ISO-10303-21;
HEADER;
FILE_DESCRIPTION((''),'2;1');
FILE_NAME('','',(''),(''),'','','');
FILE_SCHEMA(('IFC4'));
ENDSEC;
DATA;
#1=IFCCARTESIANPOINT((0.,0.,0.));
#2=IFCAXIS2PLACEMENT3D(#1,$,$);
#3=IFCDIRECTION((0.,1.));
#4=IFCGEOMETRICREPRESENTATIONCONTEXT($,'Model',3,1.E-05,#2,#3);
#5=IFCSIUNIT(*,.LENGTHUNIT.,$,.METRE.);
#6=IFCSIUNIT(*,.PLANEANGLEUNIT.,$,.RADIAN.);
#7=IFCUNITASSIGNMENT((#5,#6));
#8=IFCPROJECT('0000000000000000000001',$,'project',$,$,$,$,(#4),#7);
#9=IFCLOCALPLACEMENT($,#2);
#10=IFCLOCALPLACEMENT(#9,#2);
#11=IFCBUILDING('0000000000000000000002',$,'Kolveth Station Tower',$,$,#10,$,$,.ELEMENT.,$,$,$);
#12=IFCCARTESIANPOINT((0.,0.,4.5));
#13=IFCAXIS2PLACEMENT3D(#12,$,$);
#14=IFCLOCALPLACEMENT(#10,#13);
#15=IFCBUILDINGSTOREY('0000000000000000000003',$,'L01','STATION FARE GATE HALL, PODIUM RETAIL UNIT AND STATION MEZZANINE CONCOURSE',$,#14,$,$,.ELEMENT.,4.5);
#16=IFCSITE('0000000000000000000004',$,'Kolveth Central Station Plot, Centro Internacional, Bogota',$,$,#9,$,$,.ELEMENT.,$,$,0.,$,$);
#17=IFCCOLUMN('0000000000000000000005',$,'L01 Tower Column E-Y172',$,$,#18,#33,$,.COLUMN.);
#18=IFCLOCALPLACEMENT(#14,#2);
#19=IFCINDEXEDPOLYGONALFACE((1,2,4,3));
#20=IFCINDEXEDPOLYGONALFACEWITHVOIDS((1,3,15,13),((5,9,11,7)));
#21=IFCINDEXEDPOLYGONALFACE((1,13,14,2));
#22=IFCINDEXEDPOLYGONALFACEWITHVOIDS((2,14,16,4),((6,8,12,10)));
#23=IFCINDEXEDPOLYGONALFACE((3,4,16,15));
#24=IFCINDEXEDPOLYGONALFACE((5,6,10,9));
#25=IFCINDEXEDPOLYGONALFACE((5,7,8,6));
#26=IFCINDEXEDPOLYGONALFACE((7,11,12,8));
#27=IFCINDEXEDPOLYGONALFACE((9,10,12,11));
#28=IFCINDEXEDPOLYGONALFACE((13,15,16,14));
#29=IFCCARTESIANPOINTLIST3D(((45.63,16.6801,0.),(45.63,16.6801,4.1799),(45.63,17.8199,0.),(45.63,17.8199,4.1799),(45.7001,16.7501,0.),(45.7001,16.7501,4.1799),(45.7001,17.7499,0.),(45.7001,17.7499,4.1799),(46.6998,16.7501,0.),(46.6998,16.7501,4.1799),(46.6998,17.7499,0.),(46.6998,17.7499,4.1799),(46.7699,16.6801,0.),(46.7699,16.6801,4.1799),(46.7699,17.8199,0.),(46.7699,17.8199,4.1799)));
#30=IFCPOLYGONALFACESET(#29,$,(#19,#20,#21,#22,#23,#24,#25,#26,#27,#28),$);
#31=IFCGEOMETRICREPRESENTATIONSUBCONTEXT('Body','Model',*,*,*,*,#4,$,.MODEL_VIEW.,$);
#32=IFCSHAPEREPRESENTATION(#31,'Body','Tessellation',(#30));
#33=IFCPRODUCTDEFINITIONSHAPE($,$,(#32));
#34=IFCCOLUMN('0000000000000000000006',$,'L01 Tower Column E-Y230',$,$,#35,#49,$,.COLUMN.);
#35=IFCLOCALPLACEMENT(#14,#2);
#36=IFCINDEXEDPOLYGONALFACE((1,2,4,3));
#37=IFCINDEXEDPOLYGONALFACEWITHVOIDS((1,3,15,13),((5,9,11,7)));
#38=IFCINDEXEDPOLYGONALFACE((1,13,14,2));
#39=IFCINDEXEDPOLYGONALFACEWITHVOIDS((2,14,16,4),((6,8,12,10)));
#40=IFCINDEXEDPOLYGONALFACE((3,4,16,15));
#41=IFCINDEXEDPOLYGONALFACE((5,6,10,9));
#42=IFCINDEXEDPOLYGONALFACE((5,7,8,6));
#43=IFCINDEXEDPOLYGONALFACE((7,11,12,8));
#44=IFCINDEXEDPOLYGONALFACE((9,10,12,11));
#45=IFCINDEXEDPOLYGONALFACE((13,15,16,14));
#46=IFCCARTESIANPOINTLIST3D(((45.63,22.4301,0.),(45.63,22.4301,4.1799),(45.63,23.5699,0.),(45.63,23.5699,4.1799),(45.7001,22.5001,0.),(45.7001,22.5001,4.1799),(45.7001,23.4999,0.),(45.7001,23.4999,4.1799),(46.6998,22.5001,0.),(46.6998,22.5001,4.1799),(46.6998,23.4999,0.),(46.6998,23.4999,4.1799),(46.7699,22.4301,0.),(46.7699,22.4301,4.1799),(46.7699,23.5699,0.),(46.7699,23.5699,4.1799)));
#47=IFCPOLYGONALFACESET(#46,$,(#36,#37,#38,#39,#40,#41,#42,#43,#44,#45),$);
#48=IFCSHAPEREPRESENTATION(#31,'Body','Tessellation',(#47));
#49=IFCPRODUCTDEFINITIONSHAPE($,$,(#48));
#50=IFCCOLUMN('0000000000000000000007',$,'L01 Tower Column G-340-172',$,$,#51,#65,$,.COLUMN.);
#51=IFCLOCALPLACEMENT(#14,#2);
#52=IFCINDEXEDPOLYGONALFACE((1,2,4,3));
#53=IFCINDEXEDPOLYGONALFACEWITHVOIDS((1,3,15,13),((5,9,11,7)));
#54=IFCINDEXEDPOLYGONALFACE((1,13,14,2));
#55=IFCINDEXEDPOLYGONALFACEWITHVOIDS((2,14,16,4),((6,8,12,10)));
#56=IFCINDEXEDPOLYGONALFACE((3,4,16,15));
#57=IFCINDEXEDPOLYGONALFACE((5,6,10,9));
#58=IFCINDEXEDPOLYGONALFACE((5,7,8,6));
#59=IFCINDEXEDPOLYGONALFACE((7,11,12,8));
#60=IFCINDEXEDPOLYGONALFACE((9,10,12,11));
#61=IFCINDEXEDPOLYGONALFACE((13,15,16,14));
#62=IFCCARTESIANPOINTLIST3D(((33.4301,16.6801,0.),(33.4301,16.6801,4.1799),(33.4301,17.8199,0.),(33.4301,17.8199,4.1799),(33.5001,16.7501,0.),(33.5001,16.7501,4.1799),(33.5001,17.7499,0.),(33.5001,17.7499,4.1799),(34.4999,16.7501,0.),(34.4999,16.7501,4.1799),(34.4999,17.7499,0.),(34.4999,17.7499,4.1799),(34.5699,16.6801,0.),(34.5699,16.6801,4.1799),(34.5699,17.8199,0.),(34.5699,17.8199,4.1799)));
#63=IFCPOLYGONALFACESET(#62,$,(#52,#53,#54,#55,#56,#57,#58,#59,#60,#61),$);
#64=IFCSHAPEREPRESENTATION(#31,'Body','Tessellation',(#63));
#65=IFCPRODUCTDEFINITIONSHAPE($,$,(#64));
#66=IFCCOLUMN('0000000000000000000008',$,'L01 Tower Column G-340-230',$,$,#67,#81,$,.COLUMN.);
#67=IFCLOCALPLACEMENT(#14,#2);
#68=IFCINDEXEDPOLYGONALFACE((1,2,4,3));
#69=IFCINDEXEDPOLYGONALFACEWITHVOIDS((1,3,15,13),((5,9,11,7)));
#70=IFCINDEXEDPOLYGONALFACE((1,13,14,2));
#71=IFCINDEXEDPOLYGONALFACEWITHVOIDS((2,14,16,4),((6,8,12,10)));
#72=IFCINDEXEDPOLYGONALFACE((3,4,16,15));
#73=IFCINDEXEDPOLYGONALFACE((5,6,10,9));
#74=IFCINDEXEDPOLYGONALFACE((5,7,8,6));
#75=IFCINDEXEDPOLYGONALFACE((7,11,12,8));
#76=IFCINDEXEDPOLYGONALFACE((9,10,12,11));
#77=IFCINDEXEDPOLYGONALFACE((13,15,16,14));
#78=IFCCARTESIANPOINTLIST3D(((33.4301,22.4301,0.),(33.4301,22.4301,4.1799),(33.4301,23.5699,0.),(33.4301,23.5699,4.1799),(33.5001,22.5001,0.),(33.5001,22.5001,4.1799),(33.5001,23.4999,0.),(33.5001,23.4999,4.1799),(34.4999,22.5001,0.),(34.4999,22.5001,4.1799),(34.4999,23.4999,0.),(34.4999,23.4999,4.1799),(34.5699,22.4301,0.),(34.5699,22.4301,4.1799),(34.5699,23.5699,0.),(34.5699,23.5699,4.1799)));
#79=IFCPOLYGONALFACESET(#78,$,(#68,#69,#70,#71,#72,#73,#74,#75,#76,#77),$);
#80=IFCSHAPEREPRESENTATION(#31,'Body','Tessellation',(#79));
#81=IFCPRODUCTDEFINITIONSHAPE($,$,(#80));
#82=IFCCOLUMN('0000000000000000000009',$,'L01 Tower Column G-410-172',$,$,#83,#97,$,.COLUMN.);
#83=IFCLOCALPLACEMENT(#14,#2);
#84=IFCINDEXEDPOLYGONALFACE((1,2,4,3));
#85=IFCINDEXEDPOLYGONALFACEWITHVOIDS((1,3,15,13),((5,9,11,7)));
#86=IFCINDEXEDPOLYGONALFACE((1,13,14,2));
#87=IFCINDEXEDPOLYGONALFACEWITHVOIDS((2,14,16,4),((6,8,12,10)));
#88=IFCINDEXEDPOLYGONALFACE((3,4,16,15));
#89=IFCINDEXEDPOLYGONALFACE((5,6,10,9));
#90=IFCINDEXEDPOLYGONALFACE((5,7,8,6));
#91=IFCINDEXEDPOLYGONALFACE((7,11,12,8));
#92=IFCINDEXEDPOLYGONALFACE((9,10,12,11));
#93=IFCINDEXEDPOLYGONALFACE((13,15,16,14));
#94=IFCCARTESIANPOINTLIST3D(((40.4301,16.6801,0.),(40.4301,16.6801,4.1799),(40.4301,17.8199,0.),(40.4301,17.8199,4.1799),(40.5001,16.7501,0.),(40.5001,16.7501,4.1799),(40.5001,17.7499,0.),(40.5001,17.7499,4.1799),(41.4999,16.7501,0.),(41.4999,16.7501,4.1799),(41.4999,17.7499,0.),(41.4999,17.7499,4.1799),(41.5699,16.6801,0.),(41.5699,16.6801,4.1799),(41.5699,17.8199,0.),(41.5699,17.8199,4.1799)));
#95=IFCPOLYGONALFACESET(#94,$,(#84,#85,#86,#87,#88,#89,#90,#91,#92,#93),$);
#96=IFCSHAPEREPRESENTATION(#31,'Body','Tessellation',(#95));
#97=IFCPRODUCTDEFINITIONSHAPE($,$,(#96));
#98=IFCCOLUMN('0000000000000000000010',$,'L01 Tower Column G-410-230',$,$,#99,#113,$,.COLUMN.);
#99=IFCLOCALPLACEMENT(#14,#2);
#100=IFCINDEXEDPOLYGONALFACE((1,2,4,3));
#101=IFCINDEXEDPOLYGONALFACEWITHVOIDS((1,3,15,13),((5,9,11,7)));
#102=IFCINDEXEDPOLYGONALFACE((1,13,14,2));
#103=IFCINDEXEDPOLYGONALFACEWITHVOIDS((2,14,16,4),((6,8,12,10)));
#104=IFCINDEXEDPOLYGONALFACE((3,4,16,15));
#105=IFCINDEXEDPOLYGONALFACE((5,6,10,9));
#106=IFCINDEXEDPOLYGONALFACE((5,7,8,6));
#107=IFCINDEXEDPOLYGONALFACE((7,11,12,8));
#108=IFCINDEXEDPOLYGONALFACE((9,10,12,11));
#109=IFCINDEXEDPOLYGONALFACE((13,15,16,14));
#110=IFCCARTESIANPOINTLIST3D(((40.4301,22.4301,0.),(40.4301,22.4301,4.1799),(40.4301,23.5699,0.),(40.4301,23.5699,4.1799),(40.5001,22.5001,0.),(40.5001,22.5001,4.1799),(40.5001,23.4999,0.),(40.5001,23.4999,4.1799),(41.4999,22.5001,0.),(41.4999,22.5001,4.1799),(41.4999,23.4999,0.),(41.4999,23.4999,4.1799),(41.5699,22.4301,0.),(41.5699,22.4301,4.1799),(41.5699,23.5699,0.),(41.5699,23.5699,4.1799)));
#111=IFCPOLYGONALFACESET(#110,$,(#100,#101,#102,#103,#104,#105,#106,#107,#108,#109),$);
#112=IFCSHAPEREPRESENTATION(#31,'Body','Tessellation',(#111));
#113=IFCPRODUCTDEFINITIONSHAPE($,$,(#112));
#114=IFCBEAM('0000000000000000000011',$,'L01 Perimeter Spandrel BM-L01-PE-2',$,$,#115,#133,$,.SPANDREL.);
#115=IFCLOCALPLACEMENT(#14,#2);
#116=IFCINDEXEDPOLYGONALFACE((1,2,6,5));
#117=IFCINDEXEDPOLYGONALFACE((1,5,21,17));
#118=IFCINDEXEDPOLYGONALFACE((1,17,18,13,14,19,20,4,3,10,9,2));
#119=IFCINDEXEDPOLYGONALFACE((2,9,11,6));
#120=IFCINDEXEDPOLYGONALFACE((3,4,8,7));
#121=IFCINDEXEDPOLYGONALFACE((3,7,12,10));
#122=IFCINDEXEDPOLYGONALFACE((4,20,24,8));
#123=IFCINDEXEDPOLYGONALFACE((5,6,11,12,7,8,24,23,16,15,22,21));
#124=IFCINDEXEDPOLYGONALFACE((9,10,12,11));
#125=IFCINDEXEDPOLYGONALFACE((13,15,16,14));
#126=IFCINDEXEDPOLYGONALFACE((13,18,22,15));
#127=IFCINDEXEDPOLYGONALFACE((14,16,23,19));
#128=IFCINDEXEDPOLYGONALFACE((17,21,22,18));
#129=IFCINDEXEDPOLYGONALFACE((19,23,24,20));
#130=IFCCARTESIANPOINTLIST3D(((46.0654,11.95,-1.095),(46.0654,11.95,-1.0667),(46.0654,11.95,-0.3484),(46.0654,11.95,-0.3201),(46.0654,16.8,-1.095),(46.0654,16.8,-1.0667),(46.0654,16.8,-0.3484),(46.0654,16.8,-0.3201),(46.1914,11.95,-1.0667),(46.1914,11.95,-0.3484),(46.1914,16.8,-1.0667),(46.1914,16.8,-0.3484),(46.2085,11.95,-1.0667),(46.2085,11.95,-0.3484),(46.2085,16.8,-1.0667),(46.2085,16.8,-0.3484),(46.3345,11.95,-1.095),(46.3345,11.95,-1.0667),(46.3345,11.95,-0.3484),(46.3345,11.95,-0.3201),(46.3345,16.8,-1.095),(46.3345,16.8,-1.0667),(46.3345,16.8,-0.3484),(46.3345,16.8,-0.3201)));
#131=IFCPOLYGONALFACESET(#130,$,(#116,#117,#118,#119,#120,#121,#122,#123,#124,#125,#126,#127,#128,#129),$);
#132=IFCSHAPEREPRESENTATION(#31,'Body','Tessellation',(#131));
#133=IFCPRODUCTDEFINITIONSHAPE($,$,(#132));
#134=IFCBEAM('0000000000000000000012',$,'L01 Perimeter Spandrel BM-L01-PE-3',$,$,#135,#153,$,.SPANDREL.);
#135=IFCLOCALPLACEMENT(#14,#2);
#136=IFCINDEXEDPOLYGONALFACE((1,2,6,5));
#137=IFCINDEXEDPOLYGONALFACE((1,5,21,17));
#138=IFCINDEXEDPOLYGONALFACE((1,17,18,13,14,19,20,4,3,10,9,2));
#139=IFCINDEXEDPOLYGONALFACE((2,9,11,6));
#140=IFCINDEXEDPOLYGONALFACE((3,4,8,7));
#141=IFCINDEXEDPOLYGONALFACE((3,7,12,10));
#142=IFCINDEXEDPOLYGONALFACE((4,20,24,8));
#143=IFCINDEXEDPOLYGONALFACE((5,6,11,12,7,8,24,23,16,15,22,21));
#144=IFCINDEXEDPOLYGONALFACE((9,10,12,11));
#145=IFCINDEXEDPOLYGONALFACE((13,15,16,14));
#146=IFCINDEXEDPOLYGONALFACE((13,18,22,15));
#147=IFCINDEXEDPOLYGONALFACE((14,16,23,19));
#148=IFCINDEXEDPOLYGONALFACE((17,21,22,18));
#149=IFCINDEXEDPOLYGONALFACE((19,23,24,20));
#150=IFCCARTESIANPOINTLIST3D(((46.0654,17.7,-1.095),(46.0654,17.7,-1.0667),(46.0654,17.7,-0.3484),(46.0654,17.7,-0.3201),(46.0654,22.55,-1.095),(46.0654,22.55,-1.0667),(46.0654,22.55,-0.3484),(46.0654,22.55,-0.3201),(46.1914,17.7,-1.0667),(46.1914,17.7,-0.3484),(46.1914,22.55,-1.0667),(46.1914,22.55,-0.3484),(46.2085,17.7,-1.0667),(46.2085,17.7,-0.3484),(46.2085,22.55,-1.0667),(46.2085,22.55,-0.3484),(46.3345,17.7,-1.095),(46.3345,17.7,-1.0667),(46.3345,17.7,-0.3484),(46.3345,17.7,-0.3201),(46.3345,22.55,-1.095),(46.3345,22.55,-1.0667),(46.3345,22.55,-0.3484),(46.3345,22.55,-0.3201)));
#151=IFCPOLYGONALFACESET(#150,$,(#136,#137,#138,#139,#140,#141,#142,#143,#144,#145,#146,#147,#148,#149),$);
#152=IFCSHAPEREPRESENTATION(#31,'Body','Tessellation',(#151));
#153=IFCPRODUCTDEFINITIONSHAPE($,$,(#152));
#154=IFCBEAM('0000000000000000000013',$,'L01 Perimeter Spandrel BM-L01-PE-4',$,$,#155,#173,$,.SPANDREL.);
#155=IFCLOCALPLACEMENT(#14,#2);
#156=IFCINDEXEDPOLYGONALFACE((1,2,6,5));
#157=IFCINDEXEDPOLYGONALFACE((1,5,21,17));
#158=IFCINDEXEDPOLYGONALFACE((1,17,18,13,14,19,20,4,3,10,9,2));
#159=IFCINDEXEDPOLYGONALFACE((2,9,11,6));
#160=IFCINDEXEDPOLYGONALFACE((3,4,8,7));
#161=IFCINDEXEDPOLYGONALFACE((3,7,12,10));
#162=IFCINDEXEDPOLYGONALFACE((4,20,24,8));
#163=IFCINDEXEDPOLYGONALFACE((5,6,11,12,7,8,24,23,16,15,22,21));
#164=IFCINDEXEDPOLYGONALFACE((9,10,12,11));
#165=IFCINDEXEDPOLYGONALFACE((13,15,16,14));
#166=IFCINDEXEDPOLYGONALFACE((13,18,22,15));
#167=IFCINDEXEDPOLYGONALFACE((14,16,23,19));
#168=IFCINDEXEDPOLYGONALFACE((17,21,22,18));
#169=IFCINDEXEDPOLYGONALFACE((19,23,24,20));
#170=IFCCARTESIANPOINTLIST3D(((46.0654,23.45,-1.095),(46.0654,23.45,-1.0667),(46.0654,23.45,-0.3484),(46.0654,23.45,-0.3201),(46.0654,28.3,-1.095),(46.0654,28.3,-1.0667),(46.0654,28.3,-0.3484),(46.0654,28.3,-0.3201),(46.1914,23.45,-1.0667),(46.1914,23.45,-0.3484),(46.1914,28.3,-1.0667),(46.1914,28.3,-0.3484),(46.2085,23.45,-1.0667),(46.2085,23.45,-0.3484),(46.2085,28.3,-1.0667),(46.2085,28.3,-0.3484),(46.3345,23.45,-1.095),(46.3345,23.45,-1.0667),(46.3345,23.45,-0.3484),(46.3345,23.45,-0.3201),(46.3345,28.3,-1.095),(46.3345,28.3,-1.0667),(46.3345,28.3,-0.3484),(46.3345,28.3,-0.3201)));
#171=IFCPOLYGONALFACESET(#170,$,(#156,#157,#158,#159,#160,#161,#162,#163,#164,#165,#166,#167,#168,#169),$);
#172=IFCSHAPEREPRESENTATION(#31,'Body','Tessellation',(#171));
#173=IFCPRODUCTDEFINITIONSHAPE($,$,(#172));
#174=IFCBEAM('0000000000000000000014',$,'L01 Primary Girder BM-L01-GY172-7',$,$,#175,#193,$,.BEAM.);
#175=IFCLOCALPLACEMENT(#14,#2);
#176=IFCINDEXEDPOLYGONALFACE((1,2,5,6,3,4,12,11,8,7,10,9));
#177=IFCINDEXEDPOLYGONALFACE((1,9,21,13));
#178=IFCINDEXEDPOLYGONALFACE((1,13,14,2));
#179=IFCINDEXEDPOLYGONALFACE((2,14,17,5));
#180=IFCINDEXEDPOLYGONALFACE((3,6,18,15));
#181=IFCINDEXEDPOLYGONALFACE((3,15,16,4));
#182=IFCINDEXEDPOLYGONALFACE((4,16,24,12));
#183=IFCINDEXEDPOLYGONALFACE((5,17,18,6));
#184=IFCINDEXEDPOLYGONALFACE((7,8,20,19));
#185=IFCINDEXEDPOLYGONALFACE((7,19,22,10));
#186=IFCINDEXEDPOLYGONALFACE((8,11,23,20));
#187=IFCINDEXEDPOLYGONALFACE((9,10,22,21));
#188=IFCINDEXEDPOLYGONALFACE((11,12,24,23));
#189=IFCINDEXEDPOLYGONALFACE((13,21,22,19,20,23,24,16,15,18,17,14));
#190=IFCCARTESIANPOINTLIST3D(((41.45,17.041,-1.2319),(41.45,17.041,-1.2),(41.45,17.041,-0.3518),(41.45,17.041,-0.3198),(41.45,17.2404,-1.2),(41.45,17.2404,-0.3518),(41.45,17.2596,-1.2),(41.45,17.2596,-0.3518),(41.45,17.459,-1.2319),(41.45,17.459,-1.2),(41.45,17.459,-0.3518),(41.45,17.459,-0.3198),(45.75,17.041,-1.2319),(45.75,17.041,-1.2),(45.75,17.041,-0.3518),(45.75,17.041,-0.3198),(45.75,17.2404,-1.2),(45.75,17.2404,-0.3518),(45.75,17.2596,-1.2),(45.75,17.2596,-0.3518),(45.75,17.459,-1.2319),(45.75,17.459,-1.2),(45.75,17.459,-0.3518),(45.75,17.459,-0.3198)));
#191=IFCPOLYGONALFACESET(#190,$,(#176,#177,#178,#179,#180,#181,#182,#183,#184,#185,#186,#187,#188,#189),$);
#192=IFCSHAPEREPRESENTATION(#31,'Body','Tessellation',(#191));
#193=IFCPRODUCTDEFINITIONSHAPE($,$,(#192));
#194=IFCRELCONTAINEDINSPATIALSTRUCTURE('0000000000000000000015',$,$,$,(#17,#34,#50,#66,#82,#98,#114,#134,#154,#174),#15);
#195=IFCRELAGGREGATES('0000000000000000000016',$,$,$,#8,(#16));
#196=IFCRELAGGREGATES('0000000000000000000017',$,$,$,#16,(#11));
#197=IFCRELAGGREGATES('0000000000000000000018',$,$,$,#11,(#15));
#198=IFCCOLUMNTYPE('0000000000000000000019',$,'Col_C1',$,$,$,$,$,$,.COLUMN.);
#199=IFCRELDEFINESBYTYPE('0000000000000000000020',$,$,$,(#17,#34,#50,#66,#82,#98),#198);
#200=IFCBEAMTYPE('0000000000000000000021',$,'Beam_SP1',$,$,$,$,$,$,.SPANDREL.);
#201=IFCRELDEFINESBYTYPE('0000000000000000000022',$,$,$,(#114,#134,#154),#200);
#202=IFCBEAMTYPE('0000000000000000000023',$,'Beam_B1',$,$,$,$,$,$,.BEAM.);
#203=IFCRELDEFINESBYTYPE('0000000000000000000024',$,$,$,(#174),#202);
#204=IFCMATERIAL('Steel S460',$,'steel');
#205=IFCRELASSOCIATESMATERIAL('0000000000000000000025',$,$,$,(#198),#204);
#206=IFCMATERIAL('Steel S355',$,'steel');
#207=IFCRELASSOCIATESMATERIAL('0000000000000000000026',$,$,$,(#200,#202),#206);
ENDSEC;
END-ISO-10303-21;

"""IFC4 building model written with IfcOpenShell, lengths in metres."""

from ifc_helpers import new_model, si_unit, direction, frame, origin, origin_2d, place, context, subcontext, project, spatial, hollow_rectangle, i_section, extrude, source, transform, mapped, material, material_profile, profile_set, type_object, element, save


model = new_model("IFC4")

# Units and contexts
model_context = context("Model", 3, precision=1e-05, world=origin(), true_north=direction((0.0, 1.0)))
body_context = subcontext(model_context, "Body", "Model", "MODEL_VIEW")
ifc_project = project(units=[si_unit("LENGTHUNIT", "METRE"), si_unit("PLANEANGLEUNIT", "RADIAN")], contexts=[model_context])

# Site, building, storey
site_placement = place(None, origin())
site = spatial("IfcSite", under=ifc_project, at=site_placement, Name="Kolveth Central Station Plot, Centro Internacional, Bogota", CompositionType="ELEMENT", RefElevation=0.0)
building_placement = place(site_placement, origin())
building = spatial("IfcBuilding", under=site, at=building_placement, Name="Kolveth Station Tower", CompositionType="ELEMENT")
storey_placement = place(building_placement, frame((0.0, 0.0, 4.5)))
storey = spatial("IfcBuildingStorey", under=building, at=storey_placement, Name="L01", Description="STATION FARE GATE HALL, PODIUM RETAIL UNIT AND STATION MEZZANINE CONCOURSE", CompositionType="ELEMENT", Elevation=4.5)

# Columns
ifc_material_1 = material(Name="Steel S460", Category="steel")
ifc_material_profile_1 = material_profile(ifc_material_1, hollow_rectangle(XDim=1.1399, YDim=1.1399, WallThickness=0.0701, at=origin_2d()), Name="BOX1140x1140x70")
ifc_profile_set_1 = profile_set([ifc_material_profile_1], Name="Steel S460")
column_type = type_object("IfcColumnType", Name="Col_C1", PredefinedType="COLUMN", material=ifc_profile_set_1)
shared_shape_1 = source(origin(), body_context, "Body", "SweptSolid", [
    extrude(hollow_rectangle(XDim=1.1399, YDim=1.1399, WallThickness=0.0701, at=origin_2d()), origin(), (0.0, 0.0, 1.0), 4.1799),
])
for number, where, z_axis, x_axis, name in (
    (1, (46.2, 17.25, 0.0), (0.0, 0.0, 1.0), (1.0, 0.0, 0.0), "L01 Tower Column E-Y172"),
    (2, (46.2, 23.0, 0.0), (0.0, 0.0, 1.0), (1.0, 0.0, 0.0), "L01 Tower Column E-Y230"),
    (3, (34.0, 17.25, 0.0), (0.0, 0.0, 1.0), (1.0, 0.0, 0.0), "L01 Tower Column G-340-172"),
    (4, (34.0, 23.0, 0.0), (0.0, 0.0, 1.0), (1.0, 0.0, 0.0), "L01 Tower Column G-340-230"),
    (5, (41.0, 17.25, 0.0), (0.0, 0.0, 1.0), (1.0, 0.0, 0.0), "L01 Tower Column G-410-172"),
    (6, (41.0, 23.0, 0.0), (0.0, 0.0, 1.0), (1.0, 0.0, 0.0), "L01 Tower Column G-410-230"),
):
    element("IfcColumn", number, at=place(storey_placement, frame(where, z_axis=z_axis, x_axis=x_axis)), inside=storey, type_object=column_type, Name=name, PredefinedType="COLUMN", context=body_context, shape_type="MappedRepresentation", body=[
        mapped(shared_shape_1, transform((0.0, 0.0, 0.0), x_axis=(1.0, 0.0, 0.0), y_axis=(0.0, 1.0, 0.0), z_axis=(0.0, 0.0, 1.0), scale=1.0)),
    ])

# Beams
ifc_material_2 = material(Name="Steel S355", Category="steel")
ifc_material_profile_2 = material_profile(ifc_material_2, i_section(OverallWidth=0.269, OverallDepth=0.7749, WebThickness=0.0171, FlangeThickness=0.0283, at=origin_2d()), Name="W760x220")
ifc_profile_set_2 = profile_set([ifc_material_profile_2], Name="Steel S355")
beam_type_1 = type_object("IfcBeamType", Name="Beam_SP1", PredefinedType="SPANDREL", material=ifc_profile_set_2)
shared_shape_2 = source(origin(), body_context, "Body", "SweptSolid", [
    extrude(i_section(OverallWidth=0.269, OverallDepth=0.7749, WebThickness=0.0171, FlangeThickness=0.0283, at=origin_2d()), origin(), (0.0, 0.0, 1.0), 4.8501),
])
for number, where, z_axis, x_axis, name in (
    (7, (46.2, 11.95, -0.7075), (0.0, 1.0, 0.0), (-1.0, 0.0, 0.0), "L01 Perimeter Spandrel BM-L01-PE-2"),
    (8, (46.2, 17.7, -0.7075), (0.0, 1.0, 0.0), (-1.0, 0.0, 0.0), "L01 Perimeter Spandrel BM-L01-PE-3"),
    (9, (46.2, 23.45, -0.7075), (0.0, 1.0, 0.0), (-1.0, 0.0, 0.0), "L01 Perimeter Spandrel BM-L01-PE-4"),
):
    element("IfcBeam", number, at=place(storey_placement, frame(where, z_axis=z_axis, x_axis=x_axis)), inside=storey, type_object=beam_type_1, Name=name, PredefinedType="SPANDREL", context=body_context, shape_type="MappedRepresentation", body=[
        mapped(shared_shape_2, transform((0.0, 0.0, 0.0), x_axis=(1.0, 0.0, 0.0), y_axis=(0.0, 1.0, 0.0), z_axis=(0.0, 0.0, 1.0), scale=1.0)),
    ])
ifc_material_profile_3 = material_profile(ifc_material_2, i_section(OverallWidth=0.418, OverallDepth=0.9121, WebThickness=0.0193, FlangeThickness=0.032, at=origin_2d()), Name="W920x342")
ifc_profile_set_3 = profile_set([ifc_material_profile_3], Name="Steel S355")
beam_type_2 = type_object("IfcBeamType", Name="Beam_B1", PredefinedType="BEAM", material=ifc_profile_set_3)
shared_shape_3 = source(origin(), body_context, "Body", "SweptSolid", [
    extrude(i_section(OverallWidth=0.418, OverallDepth=0.9121, WebThickness=0.0193, FlangeThickness=0.032, at=origin_2d()), origin(), (0.0, 0.0, 1.0), 4.3),
])
for number, where, z_axis, x_axis, name in (
    (10, (41.45, 17.25, -0.7759), (1.0, 0.0, 0.0), (0.0, 1.0, 0.0), "L01 Primary Girder BM-L01-GY172-7"),
):
    element("IfcBeam", number, at=place(storey_placement, frame(where, z_axis=z_axis, x_axis=x_axis)), inside=storey, type_object=beam_type_2, Name=name, PredefinedType="BEAM", context=body_context, shape_type="MappedRepresentation", body=[
        mapped(shared_shape_3, transform((0.0, 0.0, 0.0), x_axis=(1.0, 0.0, 0.0), y_axis=(0.0, 1.0, 0.0), z_axis=(0.0, 0.0, 1.0), scale=1.0)),
    ])

save(model, "model.ifc")
